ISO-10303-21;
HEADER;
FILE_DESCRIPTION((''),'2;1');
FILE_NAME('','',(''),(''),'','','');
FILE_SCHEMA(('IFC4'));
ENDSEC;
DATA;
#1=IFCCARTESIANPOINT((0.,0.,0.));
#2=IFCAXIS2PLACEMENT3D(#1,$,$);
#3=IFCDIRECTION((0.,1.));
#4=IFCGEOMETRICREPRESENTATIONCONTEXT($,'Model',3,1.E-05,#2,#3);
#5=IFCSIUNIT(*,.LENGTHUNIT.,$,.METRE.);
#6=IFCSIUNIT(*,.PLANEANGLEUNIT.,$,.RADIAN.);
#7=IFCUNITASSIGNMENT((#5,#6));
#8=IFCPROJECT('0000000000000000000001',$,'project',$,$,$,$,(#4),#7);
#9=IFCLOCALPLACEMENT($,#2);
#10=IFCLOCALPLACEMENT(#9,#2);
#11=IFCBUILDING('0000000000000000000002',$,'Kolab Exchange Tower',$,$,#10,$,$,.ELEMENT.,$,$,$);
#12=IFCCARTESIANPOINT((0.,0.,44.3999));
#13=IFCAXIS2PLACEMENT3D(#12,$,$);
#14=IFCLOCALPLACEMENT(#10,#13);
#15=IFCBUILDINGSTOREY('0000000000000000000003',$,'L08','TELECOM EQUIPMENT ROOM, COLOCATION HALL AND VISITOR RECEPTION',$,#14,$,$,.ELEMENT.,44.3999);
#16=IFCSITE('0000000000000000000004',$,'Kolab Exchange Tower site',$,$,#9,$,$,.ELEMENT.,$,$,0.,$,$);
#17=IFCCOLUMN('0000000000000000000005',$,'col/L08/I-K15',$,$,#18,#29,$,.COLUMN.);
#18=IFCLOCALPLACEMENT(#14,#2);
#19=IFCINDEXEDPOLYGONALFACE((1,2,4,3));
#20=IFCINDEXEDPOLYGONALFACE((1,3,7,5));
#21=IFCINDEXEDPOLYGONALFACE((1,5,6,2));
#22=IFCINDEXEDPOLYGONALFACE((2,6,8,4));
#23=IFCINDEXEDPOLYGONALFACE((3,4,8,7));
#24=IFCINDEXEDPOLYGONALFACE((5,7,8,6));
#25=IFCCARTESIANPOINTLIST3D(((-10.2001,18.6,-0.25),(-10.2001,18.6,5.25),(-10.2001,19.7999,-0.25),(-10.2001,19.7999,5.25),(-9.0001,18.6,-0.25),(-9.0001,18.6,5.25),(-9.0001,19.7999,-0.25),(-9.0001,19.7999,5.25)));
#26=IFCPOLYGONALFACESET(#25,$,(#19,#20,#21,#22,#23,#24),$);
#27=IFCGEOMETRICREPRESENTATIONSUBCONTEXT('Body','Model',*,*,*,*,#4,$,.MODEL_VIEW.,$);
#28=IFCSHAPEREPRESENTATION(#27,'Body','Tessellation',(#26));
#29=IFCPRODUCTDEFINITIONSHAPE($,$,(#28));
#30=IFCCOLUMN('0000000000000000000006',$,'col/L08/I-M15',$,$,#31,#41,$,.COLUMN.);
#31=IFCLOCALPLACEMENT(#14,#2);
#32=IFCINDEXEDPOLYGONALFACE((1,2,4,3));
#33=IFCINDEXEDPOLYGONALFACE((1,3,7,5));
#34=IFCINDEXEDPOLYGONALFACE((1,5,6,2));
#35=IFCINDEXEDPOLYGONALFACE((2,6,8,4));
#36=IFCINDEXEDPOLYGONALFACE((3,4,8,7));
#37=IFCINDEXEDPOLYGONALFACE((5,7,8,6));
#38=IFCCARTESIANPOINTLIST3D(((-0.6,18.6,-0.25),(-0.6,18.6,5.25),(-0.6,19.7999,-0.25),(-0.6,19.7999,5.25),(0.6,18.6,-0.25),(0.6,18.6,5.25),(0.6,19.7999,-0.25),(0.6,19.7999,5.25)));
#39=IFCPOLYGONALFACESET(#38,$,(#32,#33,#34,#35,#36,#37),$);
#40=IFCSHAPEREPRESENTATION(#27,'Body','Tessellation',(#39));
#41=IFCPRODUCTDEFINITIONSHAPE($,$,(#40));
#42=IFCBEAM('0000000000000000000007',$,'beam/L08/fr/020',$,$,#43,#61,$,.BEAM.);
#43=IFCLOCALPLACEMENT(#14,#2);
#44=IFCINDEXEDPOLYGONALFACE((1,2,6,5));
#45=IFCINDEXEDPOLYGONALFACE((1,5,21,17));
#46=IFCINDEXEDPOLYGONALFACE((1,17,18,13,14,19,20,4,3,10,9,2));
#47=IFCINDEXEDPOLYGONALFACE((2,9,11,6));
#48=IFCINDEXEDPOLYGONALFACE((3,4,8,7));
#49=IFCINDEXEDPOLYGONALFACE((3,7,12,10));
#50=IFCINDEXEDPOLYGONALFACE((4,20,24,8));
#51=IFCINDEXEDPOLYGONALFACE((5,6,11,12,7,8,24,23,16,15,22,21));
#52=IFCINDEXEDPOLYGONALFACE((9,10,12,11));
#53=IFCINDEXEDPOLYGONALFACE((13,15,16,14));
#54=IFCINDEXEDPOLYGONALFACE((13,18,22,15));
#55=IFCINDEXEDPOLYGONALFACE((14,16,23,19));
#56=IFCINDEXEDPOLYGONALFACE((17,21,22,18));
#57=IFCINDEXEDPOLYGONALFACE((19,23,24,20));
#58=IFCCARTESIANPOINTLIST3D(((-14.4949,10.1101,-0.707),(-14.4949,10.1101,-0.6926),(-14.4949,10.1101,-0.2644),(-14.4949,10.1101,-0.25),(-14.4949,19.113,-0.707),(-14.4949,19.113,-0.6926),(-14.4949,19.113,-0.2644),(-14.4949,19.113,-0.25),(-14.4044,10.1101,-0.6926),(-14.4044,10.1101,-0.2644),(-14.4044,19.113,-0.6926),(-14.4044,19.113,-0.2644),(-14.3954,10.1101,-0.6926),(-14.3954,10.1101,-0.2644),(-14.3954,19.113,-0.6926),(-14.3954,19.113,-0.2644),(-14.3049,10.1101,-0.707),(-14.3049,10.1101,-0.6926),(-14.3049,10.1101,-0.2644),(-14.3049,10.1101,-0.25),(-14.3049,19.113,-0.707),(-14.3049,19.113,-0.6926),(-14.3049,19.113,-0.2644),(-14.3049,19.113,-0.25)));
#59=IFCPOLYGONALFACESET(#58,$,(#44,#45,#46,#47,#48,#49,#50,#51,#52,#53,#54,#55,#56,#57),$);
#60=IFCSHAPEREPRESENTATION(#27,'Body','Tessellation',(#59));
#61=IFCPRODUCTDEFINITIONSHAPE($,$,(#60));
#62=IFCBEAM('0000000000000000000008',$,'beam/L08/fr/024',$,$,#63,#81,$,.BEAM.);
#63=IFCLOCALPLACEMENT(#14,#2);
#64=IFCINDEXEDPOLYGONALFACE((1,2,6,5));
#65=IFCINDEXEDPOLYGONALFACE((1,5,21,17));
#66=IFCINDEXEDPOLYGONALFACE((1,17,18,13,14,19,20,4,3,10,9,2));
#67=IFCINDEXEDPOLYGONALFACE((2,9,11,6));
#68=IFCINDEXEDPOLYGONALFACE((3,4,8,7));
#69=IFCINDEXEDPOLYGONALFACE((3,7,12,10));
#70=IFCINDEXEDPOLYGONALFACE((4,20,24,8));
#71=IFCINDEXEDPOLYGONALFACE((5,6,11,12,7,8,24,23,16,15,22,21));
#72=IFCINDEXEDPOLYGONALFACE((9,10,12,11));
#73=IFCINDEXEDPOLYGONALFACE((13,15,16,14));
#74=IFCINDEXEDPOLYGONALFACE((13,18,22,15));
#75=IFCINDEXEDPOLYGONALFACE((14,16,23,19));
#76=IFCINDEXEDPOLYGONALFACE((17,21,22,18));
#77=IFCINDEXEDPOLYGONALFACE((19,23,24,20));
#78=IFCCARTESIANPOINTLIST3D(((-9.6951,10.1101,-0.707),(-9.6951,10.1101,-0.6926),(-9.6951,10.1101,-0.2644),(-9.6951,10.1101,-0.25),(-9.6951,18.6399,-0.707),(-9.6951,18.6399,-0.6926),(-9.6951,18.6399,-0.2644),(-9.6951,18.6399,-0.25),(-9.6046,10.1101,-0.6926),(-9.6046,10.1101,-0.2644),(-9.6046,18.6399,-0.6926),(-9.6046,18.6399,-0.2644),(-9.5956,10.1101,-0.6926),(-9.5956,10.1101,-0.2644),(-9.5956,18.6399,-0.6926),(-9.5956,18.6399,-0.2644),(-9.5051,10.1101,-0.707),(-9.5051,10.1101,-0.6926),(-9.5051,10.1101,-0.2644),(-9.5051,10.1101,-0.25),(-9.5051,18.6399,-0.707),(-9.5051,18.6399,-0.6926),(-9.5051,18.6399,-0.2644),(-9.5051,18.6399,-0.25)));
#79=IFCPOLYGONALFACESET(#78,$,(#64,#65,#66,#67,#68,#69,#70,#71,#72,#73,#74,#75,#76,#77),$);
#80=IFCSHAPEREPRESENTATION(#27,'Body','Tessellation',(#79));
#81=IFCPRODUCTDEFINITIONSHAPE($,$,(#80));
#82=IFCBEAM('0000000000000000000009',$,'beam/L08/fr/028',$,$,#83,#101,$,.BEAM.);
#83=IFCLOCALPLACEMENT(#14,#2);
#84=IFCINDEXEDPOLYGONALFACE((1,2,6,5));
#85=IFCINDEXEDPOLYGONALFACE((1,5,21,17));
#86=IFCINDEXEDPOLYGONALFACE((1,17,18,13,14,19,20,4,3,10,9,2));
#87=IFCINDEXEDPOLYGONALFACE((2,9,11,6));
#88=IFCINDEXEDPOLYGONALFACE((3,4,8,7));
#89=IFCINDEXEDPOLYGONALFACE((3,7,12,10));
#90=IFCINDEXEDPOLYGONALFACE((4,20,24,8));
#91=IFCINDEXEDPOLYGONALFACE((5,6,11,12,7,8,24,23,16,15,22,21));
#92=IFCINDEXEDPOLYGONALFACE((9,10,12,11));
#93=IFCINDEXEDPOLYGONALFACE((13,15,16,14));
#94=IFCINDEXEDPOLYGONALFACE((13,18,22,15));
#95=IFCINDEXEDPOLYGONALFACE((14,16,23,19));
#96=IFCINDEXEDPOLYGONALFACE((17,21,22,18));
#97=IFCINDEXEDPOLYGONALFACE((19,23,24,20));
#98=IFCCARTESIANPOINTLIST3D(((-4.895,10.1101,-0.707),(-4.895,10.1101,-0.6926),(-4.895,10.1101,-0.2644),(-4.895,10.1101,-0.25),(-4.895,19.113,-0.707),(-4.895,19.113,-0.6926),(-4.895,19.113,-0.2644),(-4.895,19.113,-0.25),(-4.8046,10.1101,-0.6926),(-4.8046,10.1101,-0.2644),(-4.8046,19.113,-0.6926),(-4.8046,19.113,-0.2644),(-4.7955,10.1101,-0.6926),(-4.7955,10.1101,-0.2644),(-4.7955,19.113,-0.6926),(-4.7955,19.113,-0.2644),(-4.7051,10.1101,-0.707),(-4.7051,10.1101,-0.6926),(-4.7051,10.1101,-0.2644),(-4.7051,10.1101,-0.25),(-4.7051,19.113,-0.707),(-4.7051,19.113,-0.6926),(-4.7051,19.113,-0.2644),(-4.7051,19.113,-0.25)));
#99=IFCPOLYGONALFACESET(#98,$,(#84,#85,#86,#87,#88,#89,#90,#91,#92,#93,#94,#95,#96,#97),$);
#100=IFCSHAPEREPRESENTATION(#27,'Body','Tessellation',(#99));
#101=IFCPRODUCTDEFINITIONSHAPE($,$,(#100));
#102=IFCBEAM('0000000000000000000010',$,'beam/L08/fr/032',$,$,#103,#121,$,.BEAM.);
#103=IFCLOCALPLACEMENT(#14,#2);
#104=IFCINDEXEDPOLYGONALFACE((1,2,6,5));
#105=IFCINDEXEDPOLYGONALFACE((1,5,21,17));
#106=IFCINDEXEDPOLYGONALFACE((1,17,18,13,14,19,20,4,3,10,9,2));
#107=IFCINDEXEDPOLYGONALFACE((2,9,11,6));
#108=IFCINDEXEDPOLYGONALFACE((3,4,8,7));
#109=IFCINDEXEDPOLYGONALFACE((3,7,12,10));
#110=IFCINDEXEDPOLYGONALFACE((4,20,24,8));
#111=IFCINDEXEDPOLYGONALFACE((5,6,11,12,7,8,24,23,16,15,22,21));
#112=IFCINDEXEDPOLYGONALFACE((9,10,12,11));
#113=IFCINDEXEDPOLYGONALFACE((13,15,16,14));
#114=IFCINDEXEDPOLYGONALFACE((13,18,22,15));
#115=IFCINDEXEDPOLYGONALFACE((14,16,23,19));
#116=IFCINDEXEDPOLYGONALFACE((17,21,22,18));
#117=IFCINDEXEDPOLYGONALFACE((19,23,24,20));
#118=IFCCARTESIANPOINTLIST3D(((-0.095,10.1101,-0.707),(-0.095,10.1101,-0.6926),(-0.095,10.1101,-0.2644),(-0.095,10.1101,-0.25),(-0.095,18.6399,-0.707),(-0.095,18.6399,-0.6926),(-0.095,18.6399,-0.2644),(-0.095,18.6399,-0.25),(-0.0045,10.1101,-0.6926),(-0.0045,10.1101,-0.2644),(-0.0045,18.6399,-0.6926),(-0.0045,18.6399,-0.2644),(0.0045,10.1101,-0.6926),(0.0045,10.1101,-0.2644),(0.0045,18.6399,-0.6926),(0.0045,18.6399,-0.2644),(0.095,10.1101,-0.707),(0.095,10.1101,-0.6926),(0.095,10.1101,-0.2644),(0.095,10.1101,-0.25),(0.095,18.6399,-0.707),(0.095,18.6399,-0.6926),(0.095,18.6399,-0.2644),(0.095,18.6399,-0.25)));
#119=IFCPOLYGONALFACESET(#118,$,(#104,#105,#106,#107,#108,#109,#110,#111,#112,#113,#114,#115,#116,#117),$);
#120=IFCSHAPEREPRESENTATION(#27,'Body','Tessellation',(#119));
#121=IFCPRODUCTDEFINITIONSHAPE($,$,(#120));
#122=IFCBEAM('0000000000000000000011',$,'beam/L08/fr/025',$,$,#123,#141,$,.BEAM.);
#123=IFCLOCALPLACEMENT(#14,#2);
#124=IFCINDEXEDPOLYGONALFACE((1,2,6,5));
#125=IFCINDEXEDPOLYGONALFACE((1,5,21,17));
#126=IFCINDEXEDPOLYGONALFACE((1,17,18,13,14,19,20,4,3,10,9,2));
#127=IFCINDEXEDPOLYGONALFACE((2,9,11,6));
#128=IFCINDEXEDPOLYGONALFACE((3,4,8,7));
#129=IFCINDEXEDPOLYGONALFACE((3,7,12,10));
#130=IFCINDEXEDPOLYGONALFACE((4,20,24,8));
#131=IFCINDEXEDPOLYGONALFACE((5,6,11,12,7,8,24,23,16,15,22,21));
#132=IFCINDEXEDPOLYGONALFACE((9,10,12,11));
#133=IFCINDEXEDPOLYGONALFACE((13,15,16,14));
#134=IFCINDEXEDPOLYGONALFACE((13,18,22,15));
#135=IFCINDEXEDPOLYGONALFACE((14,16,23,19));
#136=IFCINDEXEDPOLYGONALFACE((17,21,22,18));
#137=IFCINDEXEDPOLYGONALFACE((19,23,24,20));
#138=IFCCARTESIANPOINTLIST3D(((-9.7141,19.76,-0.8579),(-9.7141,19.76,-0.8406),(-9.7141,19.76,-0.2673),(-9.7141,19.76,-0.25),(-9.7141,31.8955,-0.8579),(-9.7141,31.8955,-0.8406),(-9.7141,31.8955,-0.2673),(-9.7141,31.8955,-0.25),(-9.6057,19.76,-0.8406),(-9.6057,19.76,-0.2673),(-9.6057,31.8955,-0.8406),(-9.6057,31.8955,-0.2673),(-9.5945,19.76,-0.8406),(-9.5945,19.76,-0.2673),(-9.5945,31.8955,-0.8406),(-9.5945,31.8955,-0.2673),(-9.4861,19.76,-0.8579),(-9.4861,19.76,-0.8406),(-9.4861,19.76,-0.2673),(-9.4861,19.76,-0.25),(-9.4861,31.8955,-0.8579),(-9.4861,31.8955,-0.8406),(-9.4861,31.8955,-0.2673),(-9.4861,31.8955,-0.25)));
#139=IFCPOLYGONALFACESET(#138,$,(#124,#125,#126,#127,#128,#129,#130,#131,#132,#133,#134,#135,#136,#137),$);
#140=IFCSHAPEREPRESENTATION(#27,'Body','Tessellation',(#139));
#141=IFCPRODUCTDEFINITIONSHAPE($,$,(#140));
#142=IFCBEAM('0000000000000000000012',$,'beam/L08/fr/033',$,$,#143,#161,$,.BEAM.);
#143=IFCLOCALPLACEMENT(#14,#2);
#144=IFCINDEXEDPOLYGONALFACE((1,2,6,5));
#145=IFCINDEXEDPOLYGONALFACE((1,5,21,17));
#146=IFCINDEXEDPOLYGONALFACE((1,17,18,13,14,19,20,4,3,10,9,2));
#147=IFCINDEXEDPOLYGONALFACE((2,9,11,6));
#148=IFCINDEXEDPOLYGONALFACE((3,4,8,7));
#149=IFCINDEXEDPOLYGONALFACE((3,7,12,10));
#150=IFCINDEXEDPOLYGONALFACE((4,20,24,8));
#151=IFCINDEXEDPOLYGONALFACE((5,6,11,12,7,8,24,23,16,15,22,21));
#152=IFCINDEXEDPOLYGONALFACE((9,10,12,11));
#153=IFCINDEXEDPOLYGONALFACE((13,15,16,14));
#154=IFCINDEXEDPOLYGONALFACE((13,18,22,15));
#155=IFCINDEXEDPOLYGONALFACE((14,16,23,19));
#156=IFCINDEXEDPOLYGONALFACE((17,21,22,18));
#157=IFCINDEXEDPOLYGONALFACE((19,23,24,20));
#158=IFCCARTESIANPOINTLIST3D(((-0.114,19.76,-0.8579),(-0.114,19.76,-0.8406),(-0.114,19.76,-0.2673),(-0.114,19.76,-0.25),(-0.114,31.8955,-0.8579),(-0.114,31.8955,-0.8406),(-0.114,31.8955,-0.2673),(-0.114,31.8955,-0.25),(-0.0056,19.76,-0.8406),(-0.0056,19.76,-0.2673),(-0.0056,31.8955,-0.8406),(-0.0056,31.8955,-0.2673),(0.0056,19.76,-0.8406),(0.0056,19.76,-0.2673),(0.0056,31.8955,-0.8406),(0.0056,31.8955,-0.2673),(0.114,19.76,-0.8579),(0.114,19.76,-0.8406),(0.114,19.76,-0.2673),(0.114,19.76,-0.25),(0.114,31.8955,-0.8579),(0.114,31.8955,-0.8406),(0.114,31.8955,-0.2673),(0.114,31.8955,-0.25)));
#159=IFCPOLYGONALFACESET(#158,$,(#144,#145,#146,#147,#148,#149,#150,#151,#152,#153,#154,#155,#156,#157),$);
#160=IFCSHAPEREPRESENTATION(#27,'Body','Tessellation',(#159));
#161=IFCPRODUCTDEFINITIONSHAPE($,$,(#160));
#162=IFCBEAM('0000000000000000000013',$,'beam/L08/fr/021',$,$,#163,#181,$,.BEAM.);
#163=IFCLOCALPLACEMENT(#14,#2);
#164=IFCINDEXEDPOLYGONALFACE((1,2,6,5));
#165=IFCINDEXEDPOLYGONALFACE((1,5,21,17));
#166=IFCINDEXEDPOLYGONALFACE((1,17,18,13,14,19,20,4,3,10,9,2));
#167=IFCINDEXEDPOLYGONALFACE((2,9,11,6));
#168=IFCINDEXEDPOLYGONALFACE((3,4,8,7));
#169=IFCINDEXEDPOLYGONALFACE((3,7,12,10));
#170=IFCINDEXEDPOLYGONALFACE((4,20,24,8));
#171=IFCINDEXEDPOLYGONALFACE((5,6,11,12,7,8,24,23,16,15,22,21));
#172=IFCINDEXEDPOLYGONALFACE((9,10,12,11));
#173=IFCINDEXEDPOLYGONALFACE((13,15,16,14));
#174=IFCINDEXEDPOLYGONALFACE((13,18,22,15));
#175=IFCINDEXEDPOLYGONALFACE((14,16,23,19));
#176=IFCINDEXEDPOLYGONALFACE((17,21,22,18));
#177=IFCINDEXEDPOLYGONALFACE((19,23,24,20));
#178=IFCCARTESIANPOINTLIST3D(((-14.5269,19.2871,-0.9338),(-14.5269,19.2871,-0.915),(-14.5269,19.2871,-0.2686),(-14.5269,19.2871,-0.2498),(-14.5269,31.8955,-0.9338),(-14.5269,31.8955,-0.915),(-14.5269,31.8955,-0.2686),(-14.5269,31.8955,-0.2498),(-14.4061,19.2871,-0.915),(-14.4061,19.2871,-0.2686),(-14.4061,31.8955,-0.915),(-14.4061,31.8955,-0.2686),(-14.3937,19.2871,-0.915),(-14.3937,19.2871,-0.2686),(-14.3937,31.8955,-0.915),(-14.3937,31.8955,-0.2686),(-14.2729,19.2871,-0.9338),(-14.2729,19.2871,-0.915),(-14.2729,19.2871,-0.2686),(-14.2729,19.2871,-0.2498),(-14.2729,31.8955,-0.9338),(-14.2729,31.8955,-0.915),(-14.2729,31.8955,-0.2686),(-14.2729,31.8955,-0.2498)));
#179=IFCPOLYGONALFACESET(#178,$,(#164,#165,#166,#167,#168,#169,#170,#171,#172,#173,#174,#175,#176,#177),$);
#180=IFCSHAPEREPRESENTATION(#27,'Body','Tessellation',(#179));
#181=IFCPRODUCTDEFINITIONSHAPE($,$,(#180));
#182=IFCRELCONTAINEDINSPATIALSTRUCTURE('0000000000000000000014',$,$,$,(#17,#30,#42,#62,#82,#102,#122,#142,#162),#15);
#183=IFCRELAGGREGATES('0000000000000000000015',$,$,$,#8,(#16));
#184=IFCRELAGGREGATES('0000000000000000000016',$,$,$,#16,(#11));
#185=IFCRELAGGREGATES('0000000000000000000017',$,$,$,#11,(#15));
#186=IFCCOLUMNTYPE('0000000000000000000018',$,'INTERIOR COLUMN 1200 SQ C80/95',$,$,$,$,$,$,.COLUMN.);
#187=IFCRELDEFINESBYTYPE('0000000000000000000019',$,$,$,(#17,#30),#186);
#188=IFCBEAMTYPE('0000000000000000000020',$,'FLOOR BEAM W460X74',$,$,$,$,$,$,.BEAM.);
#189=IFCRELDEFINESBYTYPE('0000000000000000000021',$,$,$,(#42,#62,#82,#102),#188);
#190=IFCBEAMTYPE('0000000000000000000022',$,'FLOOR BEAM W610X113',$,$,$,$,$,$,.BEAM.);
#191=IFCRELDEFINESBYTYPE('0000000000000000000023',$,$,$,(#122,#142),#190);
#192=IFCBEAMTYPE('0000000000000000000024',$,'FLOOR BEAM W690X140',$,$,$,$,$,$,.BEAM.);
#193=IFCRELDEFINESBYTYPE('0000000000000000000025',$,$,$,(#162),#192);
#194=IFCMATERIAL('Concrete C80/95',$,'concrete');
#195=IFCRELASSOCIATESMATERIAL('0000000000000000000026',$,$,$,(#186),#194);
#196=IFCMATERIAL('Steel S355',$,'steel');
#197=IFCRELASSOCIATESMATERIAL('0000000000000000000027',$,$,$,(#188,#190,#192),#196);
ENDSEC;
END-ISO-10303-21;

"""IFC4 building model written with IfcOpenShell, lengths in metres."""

from ifc_helpers import new_model, si_unit, direction, frame, origin, origin_2d, place, context, subcontext, project, spatial, rectangle, i_section, extrude, material, material_profile, profile_set, type_object, element, save


model = new_model("IFC4")

# Units and contexts
model_context = context("Model", 3, precision=1e-05, world=origin(), true_north=direction((0.0, 1.0)))
body_context = subcontext(model_context, "Body", "Model", "MODEL_VIEW")
ifc_project = project(units=[si_unit("LENGTHUNIT", "METRE"), si_unit("PLANEANGLEUNIT", "RADIAN")], contexts=[model_context])

# Site, building, storey
site_placement = place(None, origin())
site = spatial("IfcSite", under=ifc_project, at=site_placement, Name="Kolab Exchange Tower site", CompositionType="ELEMENT", RefElevation=0.0)
building_placement = place(site_placement, origin())
building = spatial("IfcBuilding", under=site, at=building_placement, Name="Kolab Exchange Tower", CompositionType="ELEMENT")
storey_placement = place(building_placement, frame((0.0, 0.0, 44.3999)))
storey = spatial("IfcBuildingStorey", under=building, at=storey_placement, Name="L08", Description="TELECOM EQUIPMENT ROOM, COLOCATION HALL AND VISITOR RECEPTION", CompositionType="ELEMENT", Elevation=44.3999)

# Columns
ifc_material_1 = material(Name="Concrete C80/95", Category="concrete")
ifc_material_profile_1 = material_profile(ifc_material_1, rectangle(XDim=1.2, YDim=1.2, at=origin_2d()), Name="RC1200")
ifc_profile_set_1 = profile_set([ifc_material_profile_1], Name="Concrete C80/95")
column_type = type_object("IfcColumnType", Name="INTERIOR COLUMN 1200 SQ C80/95", PredefinedType="COLUMN", material=ifc_profile_set_1)
for number, where, z_axis, x_axis, name in (
    (1, (-9.6001, 19.2, -0.25), (0.0, 0.0, 1.0), (1.0, 0.0, 0.0), "col/L08/I-K15"),
    (2, (0.0, 19.2, -0.25), (0.0, 0.0, 1.0), (1.0, 0.0, 0.0), "col/L08/I-M15"),
):
    element("IfcColumn", number, at=place(storey_placement, frame(where, z_axis=z_axis, x_axis=x_axis)), inside=storey, type_object=column_type, Name=name, PredefinedType="COLUMN", context=body_context, shape_type="SweptSolid", body=[
        extrude(rectangle(XDim=1.2, YDim=1.2, at=origin_2d()), origin(), (0.0, 0.0, 1.0), 5.5),
    ])

# Beams
ifc_material_2 = material(Name="Steel S355", Category="steel")
ifc_material_profile_2 = material_profile(ifc_material_2, i_section(OverallWidth=0.1899, OverallDepth=0.457, WebThickness=0.009, FlangeThickness=0.0144, at=origin_2d()), Name="W460X74")
ifc_profile_set_2 = profile_set([ifc_material_profile_2], Name="Steel S355")
beam_type_1 = type_object("IfcBeamType", Name="FLOOR BEAM W460X74", PredefinedType="BEAM", material=ifc_profile_set_2)
beam_1_placement = place(storey_placement, frame((-14.3999, 10.1101, -0.4785), z_axis=(0.0, 1.0, 0.0), x_axis=(-1.0, 0.0, 0.0)))
element("IfcBeam", 3, at=beam_1_placement, inside=storey, type_object=beam_type_1, Name="beam/L08/fr/020", PredefinedType="BEAM", context=body_context, shape_type="SweptSolid", body=[
    extrude(i_section(OverallWidth=0.1899, OverallDepth=0.457, WebThickness=0.009, FlangeThickness=0.0144, at=origin_2d()), origin(), (0.0, 0.0, 1.0), 9.0029),
])
beam_2_placement = place(storey_placement, frame((-9.6001, 10.1101, -0.4785), z_axis=(0.0, 1.0, 0.0), x_axis=(-1.0, 0.0, 0.0)))
element("IfcBeam", 4, at=beam_2_placement, inside=storey, type_object=beam_type_1, Name="beam/L08/fr/024", PredefinedType="BEAM", context=body_context, shape_type="SweptSolid", body=[
    extrude(i_section(OverallWidth=0.1899, OverallDepth=0.457, WebThickness=0.009, FlangeThickness=0.0144, at=origin_2d()), origin(), (0.0, 0.0, 1.0), 8.5298),
])
beam_3_placement = place(storey_placement, frame((-4.8, 10.1101, -0.4785), z_axis=(0.0, 1.0, 0.0), x_axis=(-1.0, 0.0, 0.0)))
element("IfcBeam", 5, at=beam_3_placement, inside=storey, type_object=beam_type_1, Name="beam/L08/fr/028", PredefinedType="BEAM", context=body_context, shape_type="SweptSolid", body=[
    extrude(i_section(OverallWidth=0.1899, OverallDepth=0.457, WebThickness=0.009, FlangeThickness=0.0144, at=origin_2d()), origin(), (0.0, 0.0, 1.0), 9.0029),
])
beam_4_placement = place(storey_placement, frame((0.0, 10.1101, -0.4785), z_axis=(0.0, 1.0, 0.0), x_axis=(-1.0, 0.0, 0.0)))
element("IfcBeam", 6, at=beam_4_placement, inside=storey, type_object=beam_type_1, Name="beam/L08/fr/032", PredefinedType="BEAM", context=body_context, shape_type="SweptSolid", body=[
    extrude(i_section(OverallWidth=0.1899, OverallDepth=0.457, WebThickness=0.009, FlangeThickness=0.0144, at=origin_2d()), origin(), (0.0, 0.0, 1.0), 8.5298),
])
ifc_material_profile_3 = material_profile(ifc_material_2, i_section(OverallWidth=0.228, OverallDepth=0.6079, WebThickness=0.0112, FlangeThickness=0.0173, at=origin_2d()), Name="W610X113")
ifc_profile_set_3 = profile_set([ifc_material_profile_3], Name="Steel S355")
beam_type_2 = type_object("IfcBeamType", Name="FLOOR BEAM W610X113", PredefinedType="BEAM", material=ifc_profile_set_3)
for number, where, z_axis, x_axis, name in (
    (7, (-9.6001, 19.76, -0.554), (0.0, 1.0, 0.0), (-1.0, 0.0, 0.0), "beam/L08/fr/025"),
    (8, (0.0, 19.76, -0.554), (0.0, 1.0, 0.0), (-1.0, 0.0, 0.0), "beam/L08/fr/033"),
):
    element("IfcBeam", number, at=place(storey_placement, frame(where, z_axis=z_axis, x_axis=x_axis)), inside=storey, type_object=beam_type_2, Name=name, PredefinedType="BEAM", context=body_context, shape_type="SweptSolid", body=[
        extrude(i_section(OverallWidth=0.228, OverallDepth=0.6079, WebThickness=0.0112, FlangeThickness=0.0173, at=origin_2d()), origin(), (0.0, 0.0, 1.0), 12.1355),
    ])
ifc_material_profile_4 = material_profile(ifc_material_2, i_section(OverallWidth=0.2539, OverallDepth=0.6841, WebThickness=0.0125, FlangeThickness=0.0188, at=origin_2d()), Name="W690X140")
ifc_profile_set_4 = profile_set([ifc_material_profile_4], Name="Steel S355")
beam_type_3 = type_object("IfcBeamType", Name="FLOOR BEAM W690X140", PredefinedType="BEAM", material=ifc_profile_set_4)
for number, where, z_axis, x_axis, name in (
    (9, (-14.3999, 19.2871, -0.5918), (0.0, 1.0, 0.0), (-1.0, 0.0, 0.0), "beam/L08/fr/021"),
):
    element("IfcBeam", number, at=place(storey_placement, frame(where, z_axis=z_axis, x_axis=x_axis)), inside=storey, type_object=beam_type_3, Name=name, PredefinedType="BEAM", context=body_context, shape_type="SweptSolid", body=[
        extrude(i_section(OverallWidth=0.2539, OverallDepth=0.6841, WebThickness=0.0125, FlangeThickness=0.0188, at=origin_2d()), origin(), (0.0, 0.0, 1.0), 12.6084),
    ])

save(model, "model.ifc")
